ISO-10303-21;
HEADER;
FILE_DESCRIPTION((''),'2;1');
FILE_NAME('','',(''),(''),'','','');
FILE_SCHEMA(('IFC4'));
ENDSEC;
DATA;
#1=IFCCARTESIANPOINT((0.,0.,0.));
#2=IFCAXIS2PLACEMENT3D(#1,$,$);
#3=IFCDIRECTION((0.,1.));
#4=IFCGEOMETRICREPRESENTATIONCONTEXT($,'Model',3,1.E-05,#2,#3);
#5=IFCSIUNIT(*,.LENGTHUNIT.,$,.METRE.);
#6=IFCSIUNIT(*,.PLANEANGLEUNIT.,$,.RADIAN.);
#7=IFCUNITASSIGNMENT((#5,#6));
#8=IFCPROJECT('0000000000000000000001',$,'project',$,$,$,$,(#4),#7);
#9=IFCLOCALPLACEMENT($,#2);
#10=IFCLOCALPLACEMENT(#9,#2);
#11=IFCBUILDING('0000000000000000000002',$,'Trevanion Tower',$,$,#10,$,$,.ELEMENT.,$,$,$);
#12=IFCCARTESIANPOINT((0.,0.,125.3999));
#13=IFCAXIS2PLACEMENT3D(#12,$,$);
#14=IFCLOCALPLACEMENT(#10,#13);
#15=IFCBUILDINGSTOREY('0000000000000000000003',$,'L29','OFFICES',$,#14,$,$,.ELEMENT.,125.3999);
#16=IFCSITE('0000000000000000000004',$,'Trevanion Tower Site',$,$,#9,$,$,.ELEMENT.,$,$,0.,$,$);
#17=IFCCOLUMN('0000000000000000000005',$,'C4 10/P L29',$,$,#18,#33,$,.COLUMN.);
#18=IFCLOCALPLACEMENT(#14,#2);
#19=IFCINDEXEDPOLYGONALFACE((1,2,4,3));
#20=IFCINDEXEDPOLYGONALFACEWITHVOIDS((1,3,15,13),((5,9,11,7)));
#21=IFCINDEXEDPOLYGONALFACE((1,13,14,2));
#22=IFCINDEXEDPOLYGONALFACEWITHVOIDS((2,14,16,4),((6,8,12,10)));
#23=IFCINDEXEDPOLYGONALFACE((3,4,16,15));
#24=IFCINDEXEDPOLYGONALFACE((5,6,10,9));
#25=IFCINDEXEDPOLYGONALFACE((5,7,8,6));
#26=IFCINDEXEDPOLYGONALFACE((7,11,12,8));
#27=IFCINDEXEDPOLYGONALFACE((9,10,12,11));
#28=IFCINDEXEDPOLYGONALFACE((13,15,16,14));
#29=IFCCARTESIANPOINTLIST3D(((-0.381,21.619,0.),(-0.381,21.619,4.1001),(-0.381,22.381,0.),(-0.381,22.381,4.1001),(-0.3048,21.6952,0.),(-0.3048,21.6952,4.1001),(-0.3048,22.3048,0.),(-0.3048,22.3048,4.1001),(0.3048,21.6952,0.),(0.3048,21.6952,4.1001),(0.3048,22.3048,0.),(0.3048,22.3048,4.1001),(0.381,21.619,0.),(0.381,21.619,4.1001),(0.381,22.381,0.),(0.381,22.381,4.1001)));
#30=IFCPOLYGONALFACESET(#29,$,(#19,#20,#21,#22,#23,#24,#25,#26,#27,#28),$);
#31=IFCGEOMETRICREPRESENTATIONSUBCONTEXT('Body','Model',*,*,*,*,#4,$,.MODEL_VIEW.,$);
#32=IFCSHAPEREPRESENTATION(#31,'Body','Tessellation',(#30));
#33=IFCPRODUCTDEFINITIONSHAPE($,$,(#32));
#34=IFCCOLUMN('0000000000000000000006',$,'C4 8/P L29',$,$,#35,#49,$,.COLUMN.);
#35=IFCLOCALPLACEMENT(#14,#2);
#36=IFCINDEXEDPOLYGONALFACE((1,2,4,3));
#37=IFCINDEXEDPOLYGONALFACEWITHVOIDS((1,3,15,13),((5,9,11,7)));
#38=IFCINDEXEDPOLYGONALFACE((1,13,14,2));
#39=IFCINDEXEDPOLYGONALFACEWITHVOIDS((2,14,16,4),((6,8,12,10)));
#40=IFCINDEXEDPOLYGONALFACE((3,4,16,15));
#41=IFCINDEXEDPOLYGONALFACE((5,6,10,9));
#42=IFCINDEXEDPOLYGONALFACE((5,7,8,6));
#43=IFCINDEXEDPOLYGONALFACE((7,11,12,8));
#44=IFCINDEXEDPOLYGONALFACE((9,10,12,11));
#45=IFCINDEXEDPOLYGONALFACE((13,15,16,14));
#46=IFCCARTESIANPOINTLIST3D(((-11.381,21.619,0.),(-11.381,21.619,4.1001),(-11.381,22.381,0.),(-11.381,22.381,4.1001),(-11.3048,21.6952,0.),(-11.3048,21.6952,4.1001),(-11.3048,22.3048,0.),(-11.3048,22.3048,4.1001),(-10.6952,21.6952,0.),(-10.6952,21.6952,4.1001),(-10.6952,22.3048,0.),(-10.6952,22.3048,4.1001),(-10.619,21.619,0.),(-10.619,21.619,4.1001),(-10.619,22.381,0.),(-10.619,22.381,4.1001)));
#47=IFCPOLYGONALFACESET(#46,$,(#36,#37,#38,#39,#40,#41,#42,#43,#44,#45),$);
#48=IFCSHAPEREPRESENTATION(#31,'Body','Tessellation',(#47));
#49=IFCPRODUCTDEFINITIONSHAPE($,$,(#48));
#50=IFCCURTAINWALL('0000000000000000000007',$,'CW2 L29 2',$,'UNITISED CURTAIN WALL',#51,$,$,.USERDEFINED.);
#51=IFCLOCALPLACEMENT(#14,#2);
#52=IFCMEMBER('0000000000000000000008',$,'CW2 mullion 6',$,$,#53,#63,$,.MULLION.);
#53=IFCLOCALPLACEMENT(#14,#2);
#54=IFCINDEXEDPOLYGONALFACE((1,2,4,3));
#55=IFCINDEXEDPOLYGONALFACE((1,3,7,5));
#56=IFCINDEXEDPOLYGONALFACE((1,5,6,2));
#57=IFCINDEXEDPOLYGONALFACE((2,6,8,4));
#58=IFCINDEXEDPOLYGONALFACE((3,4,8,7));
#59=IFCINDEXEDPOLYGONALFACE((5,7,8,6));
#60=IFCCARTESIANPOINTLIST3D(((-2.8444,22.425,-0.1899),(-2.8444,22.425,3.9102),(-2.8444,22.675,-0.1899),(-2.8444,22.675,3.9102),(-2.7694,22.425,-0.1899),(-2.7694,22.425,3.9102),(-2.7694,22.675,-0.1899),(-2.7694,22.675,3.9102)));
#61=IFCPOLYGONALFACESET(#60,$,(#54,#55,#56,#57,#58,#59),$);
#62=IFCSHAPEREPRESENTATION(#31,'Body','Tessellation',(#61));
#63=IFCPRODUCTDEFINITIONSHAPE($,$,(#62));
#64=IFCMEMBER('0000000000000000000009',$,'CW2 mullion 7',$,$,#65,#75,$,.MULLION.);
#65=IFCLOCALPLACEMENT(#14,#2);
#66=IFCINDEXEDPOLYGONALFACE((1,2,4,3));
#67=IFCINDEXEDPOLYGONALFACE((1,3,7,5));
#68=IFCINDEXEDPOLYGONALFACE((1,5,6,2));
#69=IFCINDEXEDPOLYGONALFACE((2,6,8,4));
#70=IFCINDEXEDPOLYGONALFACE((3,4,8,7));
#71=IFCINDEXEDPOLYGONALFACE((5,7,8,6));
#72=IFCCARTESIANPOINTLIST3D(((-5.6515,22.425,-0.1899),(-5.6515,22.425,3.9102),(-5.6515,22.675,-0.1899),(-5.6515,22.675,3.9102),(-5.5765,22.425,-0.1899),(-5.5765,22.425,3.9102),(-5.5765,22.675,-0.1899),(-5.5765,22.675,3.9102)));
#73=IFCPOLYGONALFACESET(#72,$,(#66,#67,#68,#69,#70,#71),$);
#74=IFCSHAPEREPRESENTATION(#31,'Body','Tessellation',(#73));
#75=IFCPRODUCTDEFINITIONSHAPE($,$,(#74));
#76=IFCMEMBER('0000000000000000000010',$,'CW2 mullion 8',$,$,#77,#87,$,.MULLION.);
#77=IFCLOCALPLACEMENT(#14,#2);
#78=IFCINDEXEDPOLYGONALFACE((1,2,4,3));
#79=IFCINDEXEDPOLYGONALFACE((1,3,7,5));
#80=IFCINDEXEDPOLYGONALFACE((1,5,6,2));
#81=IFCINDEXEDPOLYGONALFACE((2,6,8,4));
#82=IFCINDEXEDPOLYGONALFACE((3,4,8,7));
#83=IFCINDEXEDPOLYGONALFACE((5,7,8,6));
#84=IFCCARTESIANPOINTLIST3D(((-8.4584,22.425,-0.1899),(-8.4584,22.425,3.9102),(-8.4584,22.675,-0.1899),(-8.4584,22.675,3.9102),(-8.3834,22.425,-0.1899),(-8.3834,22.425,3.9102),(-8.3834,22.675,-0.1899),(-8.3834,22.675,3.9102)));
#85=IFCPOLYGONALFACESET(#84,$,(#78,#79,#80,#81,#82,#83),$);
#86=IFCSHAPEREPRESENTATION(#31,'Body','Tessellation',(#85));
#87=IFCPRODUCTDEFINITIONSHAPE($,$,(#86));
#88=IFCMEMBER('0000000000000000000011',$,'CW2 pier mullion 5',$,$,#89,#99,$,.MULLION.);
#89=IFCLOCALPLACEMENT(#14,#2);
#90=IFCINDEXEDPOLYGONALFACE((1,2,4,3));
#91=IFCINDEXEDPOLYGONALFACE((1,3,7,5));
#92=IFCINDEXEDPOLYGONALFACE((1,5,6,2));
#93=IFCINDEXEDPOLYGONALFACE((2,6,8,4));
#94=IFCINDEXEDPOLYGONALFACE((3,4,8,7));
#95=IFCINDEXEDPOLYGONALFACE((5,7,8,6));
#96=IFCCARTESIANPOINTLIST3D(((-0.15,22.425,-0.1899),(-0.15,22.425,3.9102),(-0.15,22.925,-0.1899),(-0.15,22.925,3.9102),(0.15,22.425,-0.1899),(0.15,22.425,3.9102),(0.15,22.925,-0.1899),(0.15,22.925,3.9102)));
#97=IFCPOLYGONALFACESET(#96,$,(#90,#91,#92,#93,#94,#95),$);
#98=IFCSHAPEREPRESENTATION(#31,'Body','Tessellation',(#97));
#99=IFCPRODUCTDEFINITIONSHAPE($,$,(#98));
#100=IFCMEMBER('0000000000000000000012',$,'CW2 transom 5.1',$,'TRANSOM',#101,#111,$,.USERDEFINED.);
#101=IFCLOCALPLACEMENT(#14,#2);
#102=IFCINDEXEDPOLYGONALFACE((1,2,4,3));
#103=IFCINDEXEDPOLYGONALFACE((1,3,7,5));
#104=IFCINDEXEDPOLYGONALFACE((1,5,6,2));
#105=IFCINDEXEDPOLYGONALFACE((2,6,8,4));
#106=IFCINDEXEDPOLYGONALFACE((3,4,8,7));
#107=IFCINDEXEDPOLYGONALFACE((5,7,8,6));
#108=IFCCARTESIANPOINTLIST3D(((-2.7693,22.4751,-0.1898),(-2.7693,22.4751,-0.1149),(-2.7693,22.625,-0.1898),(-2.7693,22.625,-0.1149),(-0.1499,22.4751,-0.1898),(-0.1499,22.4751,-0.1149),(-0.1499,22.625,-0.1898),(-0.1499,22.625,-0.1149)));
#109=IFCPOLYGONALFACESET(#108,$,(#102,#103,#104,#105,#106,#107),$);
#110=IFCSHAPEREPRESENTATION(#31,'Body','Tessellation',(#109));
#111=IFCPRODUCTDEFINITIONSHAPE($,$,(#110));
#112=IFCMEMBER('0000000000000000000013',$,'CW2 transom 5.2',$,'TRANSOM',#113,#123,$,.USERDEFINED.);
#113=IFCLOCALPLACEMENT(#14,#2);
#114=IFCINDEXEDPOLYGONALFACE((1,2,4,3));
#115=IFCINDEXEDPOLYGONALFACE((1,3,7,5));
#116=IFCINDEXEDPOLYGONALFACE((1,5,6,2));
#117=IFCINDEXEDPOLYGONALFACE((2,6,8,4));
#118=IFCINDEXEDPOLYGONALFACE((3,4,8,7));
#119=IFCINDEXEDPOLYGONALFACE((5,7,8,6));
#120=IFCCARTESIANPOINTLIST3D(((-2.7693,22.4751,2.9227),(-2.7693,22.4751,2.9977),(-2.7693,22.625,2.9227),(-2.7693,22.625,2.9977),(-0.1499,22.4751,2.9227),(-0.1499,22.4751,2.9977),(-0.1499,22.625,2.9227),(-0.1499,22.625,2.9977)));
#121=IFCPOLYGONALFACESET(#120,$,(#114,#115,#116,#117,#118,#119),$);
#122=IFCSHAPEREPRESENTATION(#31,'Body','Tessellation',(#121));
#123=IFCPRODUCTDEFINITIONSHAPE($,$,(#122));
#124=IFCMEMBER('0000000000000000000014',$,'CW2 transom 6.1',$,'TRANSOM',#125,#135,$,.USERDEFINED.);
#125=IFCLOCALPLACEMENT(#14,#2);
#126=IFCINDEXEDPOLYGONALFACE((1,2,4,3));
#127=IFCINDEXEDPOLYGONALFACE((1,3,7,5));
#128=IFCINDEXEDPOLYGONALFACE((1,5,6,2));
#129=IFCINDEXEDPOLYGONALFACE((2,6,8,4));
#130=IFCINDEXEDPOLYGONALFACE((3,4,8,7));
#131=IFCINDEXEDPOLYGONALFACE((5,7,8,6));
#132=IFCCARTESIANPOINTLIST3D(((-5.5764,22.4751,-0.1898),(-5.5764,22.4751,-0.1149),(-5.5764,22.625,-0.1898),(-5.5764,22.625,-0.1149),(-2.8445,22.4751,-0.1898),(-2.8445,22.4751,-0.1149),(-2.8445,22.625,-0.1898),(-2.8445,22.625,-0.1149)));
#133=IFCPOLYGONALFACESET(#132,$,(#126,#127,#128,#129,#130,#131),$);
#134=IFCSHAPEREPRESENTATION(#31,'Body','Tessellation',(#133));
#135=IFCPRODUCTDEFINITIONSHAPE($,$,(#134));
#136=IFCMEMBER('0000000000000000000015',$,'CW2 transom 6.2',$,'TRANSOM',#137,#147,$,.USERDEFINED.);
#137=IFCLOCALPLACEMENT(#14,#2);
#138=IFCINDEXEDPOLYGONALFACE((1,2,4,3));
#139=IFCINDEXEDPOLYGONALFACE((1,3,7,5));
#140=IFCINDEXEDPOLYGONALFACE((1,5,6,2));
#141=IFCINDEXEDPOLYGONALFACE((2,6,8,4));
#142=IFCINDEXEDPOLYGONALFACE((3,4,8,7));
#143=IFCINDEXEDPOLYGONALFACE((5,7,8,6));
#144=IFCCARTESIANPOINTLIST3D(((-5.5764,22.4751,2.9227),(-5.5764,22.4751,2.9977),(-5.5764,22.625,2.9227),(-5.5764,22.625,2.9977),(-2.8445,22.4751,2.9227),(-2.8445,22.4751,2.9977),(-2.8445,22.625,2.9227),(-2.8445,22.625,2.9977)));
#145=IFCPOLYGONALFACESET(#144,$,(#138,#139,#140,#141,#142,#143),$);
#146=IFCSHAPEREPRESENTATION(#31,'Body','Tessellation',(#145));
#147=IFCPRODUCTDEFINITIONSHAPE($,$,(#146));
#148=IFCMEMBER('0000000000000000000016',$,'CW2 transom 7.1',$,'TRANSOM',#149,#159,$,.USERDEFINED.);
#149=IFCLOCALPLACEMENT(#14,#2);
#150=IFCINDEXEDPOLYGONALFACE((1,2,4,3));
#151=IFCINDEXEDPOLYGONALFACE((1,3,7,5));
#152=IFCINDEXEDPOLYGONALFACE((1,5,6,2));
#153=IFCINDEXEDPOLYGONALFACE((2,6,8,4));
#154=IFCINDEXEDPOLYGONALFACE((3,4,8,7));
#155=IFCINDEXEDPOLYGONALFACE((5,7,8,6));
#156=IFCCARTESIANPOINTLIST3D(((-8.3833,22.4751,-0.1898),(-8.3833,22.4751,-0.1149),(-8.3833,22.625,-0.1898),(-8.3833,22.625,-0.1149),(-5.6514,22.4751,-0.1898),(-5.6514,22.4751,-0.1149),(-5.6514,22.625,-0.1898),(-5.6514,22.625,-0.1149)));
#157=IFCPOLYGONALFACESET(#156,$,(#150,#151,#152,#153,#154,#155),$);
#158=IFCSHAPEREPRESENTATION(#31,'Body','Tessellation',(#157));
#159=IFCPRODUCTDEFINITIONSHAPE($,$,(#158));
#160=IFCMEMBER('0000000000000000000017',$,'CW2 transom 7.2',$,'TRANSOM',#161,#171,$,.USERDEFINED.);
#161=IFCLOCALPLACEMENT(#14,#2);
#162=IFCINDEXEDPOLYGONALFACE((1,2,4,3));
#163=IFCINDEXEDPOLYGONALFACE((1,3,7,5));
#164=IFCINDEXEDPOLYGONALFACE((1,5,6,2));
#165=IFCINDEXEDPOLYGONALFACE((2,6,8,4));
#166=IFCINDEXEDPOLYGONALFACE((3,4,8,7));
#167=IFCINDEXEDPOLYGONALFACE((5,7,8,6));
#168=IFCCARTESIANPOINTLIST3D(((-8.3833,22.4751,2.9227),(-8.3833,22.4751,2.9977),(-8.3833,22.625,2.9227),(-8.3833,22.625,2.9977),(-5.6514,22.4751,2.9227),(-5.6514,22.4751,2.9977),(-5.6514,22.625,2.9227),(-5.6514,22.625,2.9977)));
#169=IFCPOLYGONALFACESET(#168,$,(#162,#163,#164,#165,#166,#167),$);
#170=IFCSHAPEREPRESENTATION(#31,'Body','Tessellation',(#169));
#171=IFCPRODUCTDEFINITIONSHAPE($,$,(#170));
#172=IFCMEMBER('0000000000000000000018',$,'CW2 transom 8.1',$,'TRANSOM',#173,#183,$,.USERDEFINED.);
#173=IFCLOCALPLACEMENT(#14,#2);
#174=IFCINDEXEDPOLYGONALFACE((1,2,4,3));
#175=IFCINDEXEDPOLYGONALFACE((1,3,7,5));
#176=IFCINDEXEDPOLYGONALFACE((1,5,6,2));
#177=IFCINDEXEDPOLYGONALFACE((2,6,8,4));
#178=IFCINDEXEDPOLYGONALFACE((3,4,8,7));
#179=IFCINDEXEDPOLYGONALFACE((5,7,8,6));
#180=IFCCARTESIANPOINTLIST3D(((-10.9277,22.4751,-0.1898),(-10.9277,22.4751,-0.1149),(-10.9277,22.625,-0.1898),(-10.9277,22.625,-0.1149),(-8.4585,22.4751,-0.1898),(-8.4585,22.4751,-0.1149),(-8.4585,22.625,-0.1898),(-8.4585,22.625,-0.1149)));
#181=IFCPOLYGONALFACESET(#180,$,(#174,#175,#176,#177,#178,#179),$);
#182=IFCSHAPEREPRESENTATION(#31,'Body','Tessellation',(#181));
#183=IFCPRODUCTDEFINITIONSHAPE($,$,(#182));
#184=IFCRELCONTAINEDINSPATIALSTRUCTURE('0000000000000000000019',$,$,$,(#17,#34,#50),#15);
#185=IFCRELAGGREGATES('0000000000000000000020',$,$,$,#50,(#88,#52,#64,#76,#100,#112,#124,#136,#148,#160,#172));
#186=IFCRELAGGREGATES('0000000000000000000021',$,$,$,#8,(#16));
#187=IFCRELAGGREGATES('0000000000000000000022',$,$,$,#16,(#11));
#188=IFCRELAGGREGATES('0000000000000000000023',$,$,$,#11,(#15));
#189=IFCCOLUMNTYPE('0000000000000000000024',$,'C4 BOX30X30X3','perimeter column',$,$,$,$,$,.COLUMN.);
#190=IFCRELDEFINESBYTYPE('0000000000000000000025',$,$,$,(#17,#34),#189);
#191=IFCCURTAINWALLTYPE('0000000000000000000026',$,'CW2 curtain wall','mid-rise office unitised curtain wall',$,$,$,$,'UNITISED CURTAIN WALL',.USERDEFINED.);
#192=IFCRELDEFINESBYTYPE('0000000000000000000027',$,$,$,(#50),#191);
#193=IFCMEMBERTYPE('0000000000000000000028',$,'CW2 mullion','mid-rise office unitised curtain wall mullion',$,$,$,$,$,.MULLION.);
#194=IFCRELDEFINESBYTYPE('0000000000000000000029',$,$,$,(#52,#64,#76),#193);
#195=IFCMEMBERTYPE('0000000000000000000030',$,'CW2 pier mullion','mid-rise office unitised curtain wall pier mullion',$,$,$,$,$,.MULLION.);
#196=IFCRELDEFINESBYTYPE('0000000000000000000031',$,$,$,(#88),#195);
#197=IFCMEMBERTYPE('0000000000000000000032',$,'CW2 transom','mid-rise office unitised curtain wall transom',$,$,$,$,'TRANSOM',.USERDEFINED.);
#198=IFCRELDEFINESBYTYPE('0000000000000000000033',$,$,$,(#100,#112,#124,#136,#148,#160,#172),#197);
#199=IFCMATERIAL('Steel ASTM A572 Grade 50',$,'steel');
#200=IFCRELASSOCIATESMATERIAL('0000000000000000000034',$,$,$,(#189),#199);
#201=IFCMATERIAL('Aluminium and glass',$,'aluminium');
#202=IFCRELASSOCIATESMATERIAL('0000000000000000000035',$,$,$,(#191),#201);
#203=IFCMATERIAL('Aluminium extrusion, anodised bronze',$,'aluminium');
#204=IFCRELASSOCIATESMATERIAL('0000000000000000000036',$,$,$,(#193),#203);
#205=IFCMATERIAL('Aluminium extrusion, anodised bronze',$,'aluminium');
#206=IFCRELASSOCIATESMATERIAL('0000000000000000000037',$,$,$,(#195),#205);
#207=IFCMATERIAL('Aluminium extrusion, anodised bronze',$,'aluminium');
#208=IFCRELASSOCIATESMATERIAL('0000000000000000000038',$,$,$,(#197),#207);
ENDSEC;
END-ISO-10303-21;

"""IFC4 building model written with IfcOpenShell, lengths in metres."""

from ifc_helpers import new_model, si_unit, direction, frame, origin, origin_2d, place, context, subcontext, project, spatial, rectangle, hollow_rectangle, extrude, material, material_profile, profile_set, type_object, element, aggregate, save


model = new_model("IFC4")

# Units and contexts
model_context = context("Model", 3, precision=1e-05, world=origin(), true_north=direction((0.0, 1.0)))
body_context = subcontext(model_context, "Body", "Model", "MODEL_VIEW")
ifc_project = project(units=[si_unit("LENGTHUNIT", "METRE"), si_unit("PLANEANGLEUNIT", "RADIAN")], contexts=[model_context])

# Site, building, storey
site_placement = place(None, origin())
site = spatial("IfcSite", under=ifc_project, at=site_placement, Name="Trevanion Tower Site", CompositionType="ELEMENT", RefElevation=0.0)
building_placement = place(site_placement, origin())
building = spatial("IfcBuilding", under=site, at=building_placement, Name="Trevanion Tower", CompositionType="ELEMENT")
storey_placement = place(building_placement, frame((0.0, 0.0, 125.3999)))
storey = spatial("IfcBuildingStorey", under=building, at=storey_placement, Name="L29", Description="OFFICES", CompositionType="ELEMENT", Elevation=125.3999)

# Columns
ifc_material_1 = material(Name="Steel ASTM A572 Grade 50", Category="steel")
ifc_material_profile_1 = material_profile(ifc_material_1, hollow_rectangle(XDim=0.762, YDim=0.762, WallThickness=0.0762, at=origin_2d()), Name="BOX30X30X3")
ifc_profile_set_1 = profile_set([ifc_material_profile_1], Name="Steel ASTM A572 Grade 50")
column_type = type_object("IfcColumnType", Name="C4 BOX30X30X3", Description="perimeter column", PredefinedType="COLUMN", material=ifc_profile_set_1)
for number, where, z_axis, x_axis, name in (
    (1, (0.0, 22.0, 0.0), (0.0, 0.0, 1.0), (1.0, 0.0, 0.0), "C4 10/P L29"),
    (2, (-11.0, 22.0, 0.0), (0.0, 0.0, 1.0), (1.0, 0.0, 0.0), "C4 8/P L29"),
):
    element("IfcColumn", number, at=place(storey_placement, frame(where, z_axis=z_axis, x_axis=x_axis)), inside=storey, type_object=column_type, Name=name, PredefinedType="COLUMN", context=body_context, shape_type="SweptSolid", body=[
        extrude(hollow_rectangle(XDim=0.762, YDim=0.762, WallThickness=0.0762, at=origin_2d()), origin(), (0.0, 0.0, 1.0), 4.1001),
    ])

# Curtain wall, members
ifc_material_2 = material(Name="Aluminium and glass", Category="aluminium")
curtain_wall_type = type_object("IfcCurtainWallType", Name="CW2 curtain wall", Description="mid-rise office unitised curtain wall", ElementType="UNITISED CURTAIN WALL", PredefinedType="USERDEFINED", material=ifc_material_2)
curtain_wall_placement = place(storey_placement, origin())
curtain_wall = element("IfcCurtainWall", 3, at=curtain_wall_placement, inside=storey, type_object=curtain_wall_type, Name="CW2 L29 2", ObjectType="UNITISED CURTAIN WALL", PredefinedType="USERDEFINED")
ifc_material_3 = material(Name="Aluminium extrusion, anodised bronze", Category="aluminium")
ifc_material_profile_2 = material_profile(ifc_material_3, rectangle(XDim=0.075, YDim=0.25, at=origin_2d()), Name="CW2 mullion")
ifc_profile_set_2 = profile_set([ifc_material_profile_2], Name="Aluminium extrusion, anodised bronze")
member_type_1 = type_object("IfcMemberType", Name="CW2 mullion", Description="mid-rise office unitised curtain wall mullion", PredefinedType="MULLION", material=ifc_profile_set_2)
member_1_placement = place(storey_placement, frame((-2.8069, 22.55, -0.1899), z_axis=(0.0, 0.0, 1.0), x_axis=(-1.0, 0.0, 0.0)))
member_1 = element("IfcMember", 4, at=member_1_placement, type_object=member_type_1, Name="CW2 mullion 6", PredefinedType="MULLION", context=body_context, shape_type="SweptSolid", body=[
    extrude(rectangle(XDim=0.075, YDim=0.25, at=origin_2d()), origin(), (0.0, 0.0, 1.0), 4.1001),
])
member_2_placement = place(storey_placement, frame((-5.614, 22.55, -0.1899), z_axis=(0.0, 0.0, 1.0), x_axis=(-1.0, 0.0, 0.0)))
member_2 = element("IfcMember", 5, at=member_2_placement, type_object=member_type_1, Name="CW2 mullion 7", PredefinedType="MULLION", context=body_context, shape_type="SweptSolid", body=[
    extrude(rectangle(XDim=0.075, YDim=0.25, at=origin_2d()), origin(), (0.0, 0.0, 1.0), 4.1001),
])
member_3_placement = place(storey_placement, frame((-8.4209, 22.55, -0.1899), z_axis=(0.0, 0.0, 1.0), x_axis=(-1.0, 0.0, 0.0)))
member_3 = element("IfcMember", 6, at=member_3_placement, type_object=member_type_1, Name="CW2 mullion 8", PredefinedType="MULLION", context=body_context, shape_type="SweptSolid", body=[
    extrude(rectangle(XDim=0.075, YDim=0.25, at=origin_2d()), origin(), (0.0, 0.0, 1.0), 4.1001),
])
ifc_material_4 = material(Name="Aluminium extrusion, anodised bronze", Category="aluminium")
ifc_material_profile_3 = material_profile(ifc_material_4, rectangle(XDim=0.3, YDim=0.5, at=origin_2d()), Name="CW2 pier mullion")
ifc_profile_set_3 = profile_set([ifc_material_profile_3], Name="Aluminium extrusion, anodised bronze")
member_type_2 = type_object("IfcMemberType", Name="CW2 pier mullion", Description="mid-rise office unitised curtain wall pier mullion", PredefinedType="MULLION", material=ifc_profile_set_3)
member_4_placement = place(storey_placement, frame((0.0, 22.675, -0.1899), z_axis=(0.0, 0.0, 1.0), x_axis=(-1.0, 0.0, 0.0)))
member_4 = element("IfcMember", 7, at=member_4_placement, type_object=member_type_2, Name="CW2 pier mullion 5", PredefinedType="MULLION", context=body_context, shape_type="SweptSolid", body=[
    extrude(rectangle(XDim=0.3, YDim=0.5, at=origin_2d()), origin(), (0.0, 0.0, 1.0), 4.1001),
])
ifc_material_5 = material(Name="Aluminium extrusion, anodised bronze", Category="aluminium")
ifc_material_profile_4 = material_profile(ifc_material_5, rectangle(XDim=0.1499, YDim=0.075, at=origin_2d()), Name="CW2 transom")
ifc_profile_set_4 = profile_set([ifc_material_profile_4], Name="Aluminium extrusion, anodised bronze")
member_type_3 = type_object("IfcMemberType", Name="CW2 transom", Description="mid-rise office unitised curtain wall transom", ElementType="TRANSOM", PredefinedType="USERDEFINED", material=ifc_profile_set_4)
member_5_placement = place(storey_placement, frame((-0.1499, 22.55, -0.1523), z_axis=(-1.0, 0.0, 0.0), x_axis=(0.0, -1.0, 0.0)))
member_5 = element("IfcMember", 8, at=member_5_placement, type_object=member_type_3, Name="CW2 transom 5.1", ObjectType="TRANSOM", PredefinedType="USERDEFINED", context=body_context, shape_type="SweptSolid", body=[
    extrude(rectangle(XDim=0.1499, YDim=0.075, at=origin_2d()), origin(), (0.0, 0.0, 1.0), 2.6194),
])
member_6_placement = place(storey_placement, frame((-0.1499, 22.55, 2.9602), z_axis=(-1.0, 0.0, 0.0), x_axis=(0.0, -1.0, 0.0)))
member_6 = element("IfcMember", 9, at=member_6_placement, type_object=member_type_3, Name="CW2 transom 5.2", ObjectType="TRANSOM", PredefinedType="USERDEFINED", context=body_context, shape_type="SweptSolid", body=[
    extrude(rectangle(XDim=0.1499, YDim=0.075, at=origin_2d()), origin(), (0.0, 0.0, 1.0), 2.6194),
])
member_7_placement = place(storey_placement, frame((-2.8445, 22.55, -0.1523), z_axis=(-1.0, 0.0, 0.0), x_axis=(0.0, -1.0, 0.0)))
member_7 = element("IfcMember", 10, at=member_7_placement, type_object=member_type_3, Name="CW2 transom 6.1", ObjectType="TRANSOM", PredefinedType="USERDEFINED", context=body_context, shape_type="SweptSolid", body=[
    extrude(rectangle(XDim=0.1499, YDim=0.075, at=origin_2d()), origin(), (0.0, 0.0, 1.0), 2.7319),
])
member_8_placement = place(storey_placement, frame((-2.8445, 22.55, 2.9602), z_axis=(-1.0, 0.0, 0.0), x_axis=(0.0, -1.0, 0.0)))
member_8 = element("IfcMember", 11, at=member_8_placement, type_object=member_type_3, Name="CW2 transom 6.2", ObjectType="TRANSOM", PredefinedType="USERDEFINED", context=body_context, shape_type="SweptSolid", body=[
    extrude(rectangle(XDim=0.1499, YDim=0.075, at=origin_2d()), origin(), (0.0, 0.0, 1.0), 2.7319),
])
member_9_placement = place(storey_placement, frame((-5.6514, 22.55, -0.1523), z_axis=(-1.0, 0.0, 0.0), x_axis=(0.0, -1.0, 0.0)))
member_9 = element("IfcMember", 12, at=member_9_placement, type_object=member_type_3, Name="CW2 transom 7.1", ObjectType="TRANSOM", PredefinedType="USERDEFINED", context=body_context, shape_type="SweptSolid", body=[
    extrude(rectangle(XDim=0.1499, YDim=0.075, at=origin_2d()), origin(), (0.0, 0.0, 1.0), 2.7319),
])
member_10_placement = place(storey_placement, frame((-5.6514, 22.55, 2.9602), z_axis=(-1.0, 0.0, 0.0), x_axis=(0.0, -1.0, 0.0)))
member_10 = element("IfcMember", 13, at=member_10_placement, type_object=member_type_3, Name="CW2 transom 7.2", ObjectType="TRANSOM", PredefinedType="USERDEFINED", context=body_context, shape_type="SweptSolid", body=[
    extrude(rectangle(XDim=0.1499, YDim=0.075, at=origin_2d()), origin(), (0.0, 0.0, 1.0), 2.7319),
])
member_11_placement = place(storey_placement, frame((-8.4585, 22.55, -0.1523), z_axis=(-1.0, 0.0, 0.0), x_axis=(0.0, -1.0, 0.0)))
member_11 = element("IfcMember", 14, at=member_11_placement, type_object=member_type_3, Name="CW2 transom 8.1", ObjectType="TRANSOM", PredefinedType="USERDEFINED", context=body_context, shape_type="SweptSolid", body=[
    extrude(rectangle(XDim=0.1499, YDim=0.075, at=origin_2d()), origin(), (0.0, 0.0, 1.0), 2.4692),
])

aggregate(curtain_wall, [member_4, member_1, member_2, member_3, member_5, member_6, member_7, member_8, member_9, member_10, member_11])

save(model, "model.ifc")
